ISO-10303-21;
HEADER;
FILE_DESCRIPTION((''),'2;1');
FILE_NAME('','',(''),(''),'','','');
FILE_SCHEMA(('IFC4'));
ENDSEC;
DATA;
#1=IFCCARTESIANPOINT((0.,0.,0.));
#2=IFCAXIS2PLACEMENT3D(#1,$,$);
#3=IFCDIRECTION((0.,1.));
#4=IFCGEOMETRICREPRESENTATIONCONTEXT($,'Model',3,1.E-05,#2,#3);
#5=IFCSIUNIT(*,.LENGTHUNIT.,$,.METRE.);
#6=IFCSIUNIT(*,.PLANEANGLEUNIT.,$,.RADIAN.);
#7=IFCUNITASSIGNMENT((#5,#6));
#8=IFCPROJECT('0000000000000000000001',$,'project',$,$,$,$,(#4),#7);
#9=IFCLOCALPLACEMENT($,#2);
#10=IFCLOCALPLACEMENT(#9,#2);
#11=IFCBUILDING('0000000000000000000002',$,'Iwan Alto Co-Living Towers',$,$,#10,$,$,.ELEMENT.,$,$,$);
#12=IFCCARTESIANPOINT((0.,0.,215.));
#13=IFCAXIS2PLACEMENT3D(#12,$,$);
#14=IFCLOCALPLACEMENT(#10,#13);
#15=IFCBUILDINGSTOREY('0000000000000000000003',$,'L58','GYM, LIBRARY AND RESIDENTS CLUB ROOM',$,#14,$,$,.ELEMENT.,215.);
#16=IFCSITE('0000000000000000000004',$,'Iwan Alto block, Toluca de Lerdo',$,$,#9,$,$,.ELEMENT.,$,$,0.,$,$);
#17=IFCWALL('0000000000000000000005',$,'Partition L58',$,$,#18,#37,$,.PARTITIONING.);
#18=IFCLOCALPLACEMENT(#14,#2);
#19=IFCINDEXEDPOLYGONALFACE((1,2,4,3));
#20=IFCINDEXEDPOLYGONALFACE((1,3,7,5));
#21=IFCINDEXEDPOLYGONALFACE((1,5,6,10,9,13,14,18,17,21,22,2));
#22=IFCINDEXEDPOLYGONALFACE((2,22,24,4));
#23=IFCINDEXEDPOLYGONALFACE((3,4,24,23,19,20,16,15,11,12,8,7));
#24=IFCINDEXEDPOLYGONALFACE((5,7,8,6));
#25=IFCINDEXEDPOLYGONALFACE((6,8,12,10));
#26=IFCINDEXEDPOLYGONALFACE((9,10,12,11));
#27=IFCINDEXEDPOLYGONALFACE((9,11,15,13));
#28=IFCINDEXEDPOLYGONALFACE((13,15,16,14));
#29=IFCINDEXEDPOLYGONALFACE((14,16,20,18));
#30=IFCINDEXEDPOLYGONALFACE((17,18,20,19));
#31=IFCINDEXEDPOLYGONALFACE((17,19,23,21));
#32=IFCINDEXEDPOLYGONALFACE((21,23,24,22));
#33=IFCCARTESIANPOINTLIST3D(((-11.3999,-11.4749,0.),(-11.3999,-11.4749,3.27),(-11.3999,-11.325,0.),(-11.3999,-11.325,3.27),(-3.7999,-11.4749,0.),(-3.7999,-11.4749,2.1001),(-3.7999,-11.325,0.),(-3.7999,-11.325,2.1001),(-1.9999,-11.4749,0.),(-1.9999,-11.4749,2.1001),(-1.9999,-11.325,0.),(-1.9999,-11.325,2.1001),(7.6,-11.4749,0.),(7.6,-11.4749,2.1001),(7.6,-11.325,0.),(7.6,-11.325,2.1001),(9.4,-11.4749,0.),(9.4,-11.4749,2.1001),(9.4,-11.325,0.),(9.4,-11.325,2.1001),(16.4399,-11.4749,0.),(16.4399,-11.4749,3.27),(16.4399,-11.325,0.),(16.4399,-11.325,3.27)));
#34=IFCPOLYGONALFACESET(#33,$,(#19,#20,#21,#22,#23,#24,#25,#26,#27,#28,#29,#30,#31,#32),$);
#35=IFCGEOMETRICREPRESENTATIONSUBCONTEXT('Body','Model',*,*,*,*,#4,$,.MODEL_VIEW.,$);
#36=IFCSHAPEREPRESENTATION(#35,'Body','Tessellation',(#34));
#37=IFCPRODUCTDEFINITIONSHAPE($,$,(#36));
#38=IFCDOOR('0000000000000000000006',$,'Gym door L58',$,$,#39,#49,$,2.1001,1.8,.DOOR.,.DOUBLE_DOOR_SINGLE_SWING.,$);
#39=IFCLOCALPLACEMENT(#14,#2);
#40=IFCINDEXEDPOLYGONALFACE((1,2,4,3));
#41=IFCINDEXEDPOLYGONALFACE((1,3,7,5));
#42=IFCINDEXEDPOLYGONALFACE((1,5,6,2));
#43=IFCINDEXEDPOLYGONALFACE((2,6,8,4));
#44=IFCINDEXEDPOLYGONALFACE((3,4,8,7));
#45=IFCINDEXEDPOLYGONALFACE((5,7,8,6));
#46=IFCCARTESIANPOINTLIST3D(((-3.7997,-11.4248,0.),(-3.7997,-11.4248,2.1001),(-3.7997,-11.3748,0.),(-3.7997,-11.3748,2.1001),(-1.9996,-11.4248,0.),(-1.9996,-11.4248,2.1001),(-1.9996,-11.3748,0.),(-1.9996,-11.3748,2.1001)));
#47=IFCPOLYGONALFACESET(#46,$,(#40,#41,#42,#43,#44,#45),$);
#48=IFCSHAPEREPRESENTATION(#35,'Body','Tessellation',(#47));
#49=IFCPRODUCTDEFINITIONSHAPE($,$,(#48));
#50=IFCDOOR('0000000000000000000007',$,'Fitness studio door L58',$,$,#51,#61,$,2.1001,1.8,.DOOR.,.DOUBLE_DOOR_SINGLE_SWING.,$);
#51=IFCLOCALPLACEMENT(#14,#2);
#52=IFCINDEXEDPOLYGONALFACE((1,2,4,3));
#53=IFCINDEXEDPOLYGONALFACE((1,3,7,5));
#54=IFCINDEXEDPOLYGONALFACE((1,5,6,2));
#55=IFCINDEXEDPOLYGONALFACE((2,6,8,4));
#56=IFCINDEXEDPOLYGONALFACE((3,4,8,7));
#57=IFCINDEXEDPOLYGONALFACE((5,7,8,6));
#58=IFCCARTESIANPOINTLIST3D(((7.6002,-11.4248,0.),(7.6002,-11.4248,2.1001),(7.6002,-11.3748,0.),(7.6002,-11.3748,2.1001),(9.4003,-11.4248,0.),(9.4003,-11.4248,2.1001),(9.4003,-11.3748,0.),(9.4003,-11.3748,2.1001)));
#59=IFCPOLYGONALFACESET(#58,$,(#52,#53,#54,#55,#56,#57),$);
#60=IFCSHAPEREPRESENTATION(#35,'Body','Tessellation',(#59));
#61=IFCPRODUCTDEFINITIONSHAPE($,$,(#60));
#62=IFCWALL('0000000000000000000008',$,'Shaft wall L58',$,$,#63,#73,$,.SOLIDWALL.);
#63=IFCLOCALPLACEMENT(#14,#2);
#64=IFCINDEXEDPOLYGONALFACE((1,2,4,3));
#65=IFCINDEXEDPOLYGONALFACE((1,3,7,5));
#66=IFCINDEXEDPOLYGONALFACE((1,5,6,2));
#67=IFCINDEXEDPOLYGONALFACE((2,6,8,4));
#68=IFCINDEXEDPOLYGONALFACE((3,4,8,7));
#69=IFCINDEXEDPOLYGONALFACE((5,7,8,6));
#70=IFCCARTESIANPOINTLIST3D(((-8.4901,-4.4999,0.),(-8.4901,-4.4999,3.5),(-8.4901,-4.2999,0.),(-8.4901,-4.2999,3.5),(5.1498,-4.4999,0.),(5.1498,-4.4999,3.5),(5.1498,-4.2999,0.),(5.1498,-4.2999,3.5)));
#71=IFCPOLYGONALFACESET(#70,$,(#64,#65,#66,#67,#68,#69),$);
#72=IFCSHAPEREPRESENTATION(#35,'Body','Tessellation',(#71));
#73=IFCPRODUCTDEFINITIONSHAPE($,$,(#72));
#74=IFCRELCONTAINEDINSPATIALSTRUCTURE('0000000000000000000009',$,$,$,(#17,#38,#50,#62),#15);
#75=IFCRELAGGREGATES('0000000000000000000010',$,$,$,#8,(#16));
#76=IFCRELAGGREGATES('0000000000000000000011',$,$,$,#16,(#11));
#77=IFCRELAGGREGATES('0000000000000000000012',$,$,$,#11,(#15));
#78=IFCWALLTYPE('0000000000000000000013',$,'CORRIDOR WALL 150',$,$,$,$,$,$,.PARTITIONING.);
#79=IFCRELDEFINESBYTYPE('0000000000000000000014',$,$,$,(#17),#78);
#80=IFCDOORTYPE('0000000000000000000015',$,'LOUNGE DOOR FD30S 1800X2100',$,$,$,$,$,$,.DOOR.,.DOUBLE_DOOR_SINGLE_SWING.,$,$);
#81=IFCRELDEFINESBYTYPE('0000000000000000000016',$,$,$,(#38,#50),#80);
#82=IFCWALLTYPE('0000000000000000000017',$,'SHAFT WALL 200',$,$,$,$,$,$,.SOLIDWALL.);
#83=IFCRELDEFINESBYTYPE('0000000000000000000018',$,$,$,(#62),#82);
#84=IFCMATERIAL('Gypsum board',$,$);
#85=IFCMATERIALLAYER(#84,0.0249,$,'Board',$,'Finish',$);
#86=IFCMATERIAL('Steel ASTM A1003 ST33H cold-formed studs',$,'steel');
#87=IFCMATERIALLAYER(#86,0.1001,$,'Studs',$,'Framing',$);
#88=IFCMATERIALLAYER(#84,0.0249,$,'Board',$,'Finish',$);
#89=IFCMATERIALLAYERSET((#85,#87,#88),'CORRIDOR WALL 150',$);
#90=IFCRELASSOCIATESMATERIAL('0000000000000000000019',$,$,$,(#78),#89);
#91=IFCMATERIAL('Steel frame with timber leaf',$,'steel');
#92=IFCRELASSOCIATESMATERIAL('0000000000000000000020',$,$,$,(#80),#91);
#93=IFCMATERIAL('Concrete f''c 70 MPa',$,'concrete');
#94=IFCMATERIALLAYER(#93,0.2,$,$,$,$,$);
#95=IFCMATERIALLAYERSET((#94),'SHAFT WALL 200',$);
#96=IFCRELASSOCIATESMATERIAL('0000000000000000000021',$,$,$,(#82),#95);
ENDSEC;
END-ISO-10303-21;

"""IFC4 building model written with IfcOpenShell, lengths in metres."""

from ifc_helpers import new_model, si_unit, direction, frame, frame_2d, origin, place, context, subcontext, project, spatial, rectangle, extrude, material, layer, layer_set, type_object, element, fill, save


model = new_model("IFC4")

# Units and contexts
model_context = context("Model", 3, precision=1e-05, world=origin(), true_north=direction((0.0, 1.0)))
body_context = subcontext(model_context, "Body", "Model", "MODEL_VIEW")
ifc_project = project(units=[si_unit("LENGTHUNIT", "METRE"), si_unit("PLANEANGLEUNIT", "RADIAN")], contexts=[model_context])

# Site, building, storey
site_placement = place(None, origin())
site = spatial("IfcSite", under=ifc_project, at=site_placement, Name="Iwan Alto block, Toluca de Lerdo", CompositionType="ELEMENT", RefElevation=0.0)
building_placement = place(site_placement, origin())
building = spatial("IfcBuilding", under=site, at=building_placement, Name="Iwan Alto Co-Living Towers", CompositionType="ELEMENT")
storey_placement = place(building_placement, frame((0.0, 0.0, 215.0)))
storey = spatial("IfcBuildingStorey", under=building, at=storey_placement, Name="L58", Description="GYM, LIBRARY AND RESIDENTS CLUB ROOM", CompositionType="ELEMENT", Elevation=215.0)

# Wall, openings, doors
ifc_material_1 = material(Name="Gypsum board")
ifc_layer_1 = layer(ifc_material_1, 0.0249, Name="Board", Category="Finish")
ifc_material_2 = material(Name="Steel ASTM A1003 ST33H cold-formed studs", Category="steel")
ifc_layer_2 = layer(ifc_material_2, 0.1001, Name="Studs", Category="Framing")
ifc_layer_3 = layer(ifc_material_1, 0.0249, Name="Board", Category="Finish")
ifc_layer_set_1 = layer_set([ifc_layer_1, ifc_layer_2, ifc_layer_3], Name="CORRIDOR WALL 150")
wall_type_1 = type_object("IfcWallType", Name="CORRIDOR WALL 150", PredefinedType="PARTITIONING", material=ifc_layer_set_1)
wall_1_placement = place(storey_placement, frame((-11.3999, -11.3999, 0.0), z_axis=(0.0, 0.0, 1.0), x_axis=(1.0, 0.0, 0.0)))
wall_1 = element("IfcWall", 1, at=wall_1_placement, inside=storey, type_object=wall_type_1, Name="Partition L58", PredefinedType="PARTITIONING", context=body_context, shape_type="SweptSolid", body=[
    extrude(rectangle(XDim=27.8398, YDim=0.1499, at=frame_2d((13.9199, 0.0))), origin(), (0.0, 0.0, 1.0), 3.27),
])
opening_1_placement = place(wall_1_placement, frame((7.6001, 0.0, 0.0)))
opening_1 = element("IfcOpeningElement", 2, at=opening_1_placement, cuts=wall_1, PredefinedType="OPENING", context=body_context, shape_type="SweptSolid", body=[
    extrude(rectangle(XDim=1.8, YDim=2.1001, at=frame_2d((0.8999, 1.05))), frame((0.0, 0.085, 0.0), z_axis=(0.0, -1.0, 0.0), x_axis=(1.0, 0.0, 0.0)), (0.0, 0.0, 1.0), 0.1699),
])
opening_2_placement = place(wall_1_placement, frame((19.0, 0.0, 0.0)))
opening_2 = element("IfcOpeningElement", 3, at=opening_2_placement, cuts=wall_1, PredefinedType="OPENING", context=body_context, shape_type="SweptSolid", body=[
    extrude(rectangle(XDim=1.8, YDim=2.1001, at=frame_2d((0.8999, 1.05))), frame((0.0, 0.085, 0.0), z_axis=(0.0, -1.0, 0.0), x_axis=(1.0, 0.0, 0.0)), (0.0, 0.0, 1.0), 0.1699),
])
ifc_material_3 = material(Name="Steel frame with timber leaf", Category="steel")
door_type_1 = type_object("IfcDoorType", Name="LOUNGE DOOR FD30S 1800X2100", OperationType="DOUBLE_DOOR_SINGLE_SWING", PredefinedType="DOOR", material=ifc_material_3)
door_1_placement = place(opening_1_placement, frame((1.8, 0.0, 0.0), z_axis=(0.0, 0.0, 1.0), x_axis=(-1.0, 0.0, 0.0)))
door_1 = element("IfcDoor", 4, at=door_1_placement, inside=storey, type_object=door_type_1, Name="Gym door L58", OperationType="DOUBLE_DOOR_SINGLE_SWING", OverallHeight=2.1001, OverallWidth=1.8, PredefinedType="DOOR", context=body_context, shape_type="SweptSolid", body=[
    extrude(rectangle(XDim=1.8, YDim=2.1001, at=frame_2d((0.8999, 1.05))), frame((0.0, 0.0249, 0.0), z_axis=(0.0, -1.0, 0.0), x_axis=(1.0, 0.0, 0.0)), (0.0, 0.0, 1.0), 0.05),
])
fill(opening_1, door_1)
door_2_placement = place(opening_2_placement, frame((1.8, 0.0, 0.0), z_axis=(0.0, 0.0, 1.0), x_axis=(-1.0, 0.0, 0.0)))
door_2 = element("IfcDoor", 5, at=door_2_placement, inside=storey, type_object=door_type_1, Name="Fitness studio door L58", OperationType="DOUBLE_DOOR_SINGLE_SWING", OverallHeight=2.1001, OverallWidth=1.8, PredefinedType="DOOR", context=body_context, shape_type="SweptSolid", body=[
    extrude(rectangle(XDim=1.8, YDim=2.1001, at=frame_2d((0.8999, 1.05))), frame((0.0, 0.0249, 0.0), z_axis=(0.0, -1.0, 0.0), x_axis=(1.0, 0.0, 0.0)), (0.0, 0.0, 1.0), 0.05),
])
fill(opening_2, door_2)

# Wall
ifc_material_4 = material(Name="Concrete f'c 70 MPa", Category="concrete")
ifc_layer_4 = layer(ifc_material_4, 0.2)
ifc_layer_set_2 = layer_set([ifc_layer_4], Name="SHAFT WALL 200")
wall_type_2 = type_object("IfcWallType", Name="SHAFT WALL 200", PredefinedType="SOLIDWALL", material=ifc_layer_set_2)
wall_2_placement = place(storey_placement, frame((-8.49, -4.3999, 0.0), z_axis=(0.0, 0.0, 1.0), x_axis=(1.0, 0.0, 0.0)))
element("IfcWall", 6, at=wall_2_placement, inside=storey, type_object=wall_type_2, Name="Shaft wall L58", PredefinedType="SOLIDWALL", context=body_context, shape_type="SweptSolid", body=[
    extrude(rectangle(XDim=13.6399, YDim=0.2, at=frame_2d((6.8198, 0.0))), origin(), (0.0, 0.0, 1.0), 3.5),
])

save(model, "model.ifc")
